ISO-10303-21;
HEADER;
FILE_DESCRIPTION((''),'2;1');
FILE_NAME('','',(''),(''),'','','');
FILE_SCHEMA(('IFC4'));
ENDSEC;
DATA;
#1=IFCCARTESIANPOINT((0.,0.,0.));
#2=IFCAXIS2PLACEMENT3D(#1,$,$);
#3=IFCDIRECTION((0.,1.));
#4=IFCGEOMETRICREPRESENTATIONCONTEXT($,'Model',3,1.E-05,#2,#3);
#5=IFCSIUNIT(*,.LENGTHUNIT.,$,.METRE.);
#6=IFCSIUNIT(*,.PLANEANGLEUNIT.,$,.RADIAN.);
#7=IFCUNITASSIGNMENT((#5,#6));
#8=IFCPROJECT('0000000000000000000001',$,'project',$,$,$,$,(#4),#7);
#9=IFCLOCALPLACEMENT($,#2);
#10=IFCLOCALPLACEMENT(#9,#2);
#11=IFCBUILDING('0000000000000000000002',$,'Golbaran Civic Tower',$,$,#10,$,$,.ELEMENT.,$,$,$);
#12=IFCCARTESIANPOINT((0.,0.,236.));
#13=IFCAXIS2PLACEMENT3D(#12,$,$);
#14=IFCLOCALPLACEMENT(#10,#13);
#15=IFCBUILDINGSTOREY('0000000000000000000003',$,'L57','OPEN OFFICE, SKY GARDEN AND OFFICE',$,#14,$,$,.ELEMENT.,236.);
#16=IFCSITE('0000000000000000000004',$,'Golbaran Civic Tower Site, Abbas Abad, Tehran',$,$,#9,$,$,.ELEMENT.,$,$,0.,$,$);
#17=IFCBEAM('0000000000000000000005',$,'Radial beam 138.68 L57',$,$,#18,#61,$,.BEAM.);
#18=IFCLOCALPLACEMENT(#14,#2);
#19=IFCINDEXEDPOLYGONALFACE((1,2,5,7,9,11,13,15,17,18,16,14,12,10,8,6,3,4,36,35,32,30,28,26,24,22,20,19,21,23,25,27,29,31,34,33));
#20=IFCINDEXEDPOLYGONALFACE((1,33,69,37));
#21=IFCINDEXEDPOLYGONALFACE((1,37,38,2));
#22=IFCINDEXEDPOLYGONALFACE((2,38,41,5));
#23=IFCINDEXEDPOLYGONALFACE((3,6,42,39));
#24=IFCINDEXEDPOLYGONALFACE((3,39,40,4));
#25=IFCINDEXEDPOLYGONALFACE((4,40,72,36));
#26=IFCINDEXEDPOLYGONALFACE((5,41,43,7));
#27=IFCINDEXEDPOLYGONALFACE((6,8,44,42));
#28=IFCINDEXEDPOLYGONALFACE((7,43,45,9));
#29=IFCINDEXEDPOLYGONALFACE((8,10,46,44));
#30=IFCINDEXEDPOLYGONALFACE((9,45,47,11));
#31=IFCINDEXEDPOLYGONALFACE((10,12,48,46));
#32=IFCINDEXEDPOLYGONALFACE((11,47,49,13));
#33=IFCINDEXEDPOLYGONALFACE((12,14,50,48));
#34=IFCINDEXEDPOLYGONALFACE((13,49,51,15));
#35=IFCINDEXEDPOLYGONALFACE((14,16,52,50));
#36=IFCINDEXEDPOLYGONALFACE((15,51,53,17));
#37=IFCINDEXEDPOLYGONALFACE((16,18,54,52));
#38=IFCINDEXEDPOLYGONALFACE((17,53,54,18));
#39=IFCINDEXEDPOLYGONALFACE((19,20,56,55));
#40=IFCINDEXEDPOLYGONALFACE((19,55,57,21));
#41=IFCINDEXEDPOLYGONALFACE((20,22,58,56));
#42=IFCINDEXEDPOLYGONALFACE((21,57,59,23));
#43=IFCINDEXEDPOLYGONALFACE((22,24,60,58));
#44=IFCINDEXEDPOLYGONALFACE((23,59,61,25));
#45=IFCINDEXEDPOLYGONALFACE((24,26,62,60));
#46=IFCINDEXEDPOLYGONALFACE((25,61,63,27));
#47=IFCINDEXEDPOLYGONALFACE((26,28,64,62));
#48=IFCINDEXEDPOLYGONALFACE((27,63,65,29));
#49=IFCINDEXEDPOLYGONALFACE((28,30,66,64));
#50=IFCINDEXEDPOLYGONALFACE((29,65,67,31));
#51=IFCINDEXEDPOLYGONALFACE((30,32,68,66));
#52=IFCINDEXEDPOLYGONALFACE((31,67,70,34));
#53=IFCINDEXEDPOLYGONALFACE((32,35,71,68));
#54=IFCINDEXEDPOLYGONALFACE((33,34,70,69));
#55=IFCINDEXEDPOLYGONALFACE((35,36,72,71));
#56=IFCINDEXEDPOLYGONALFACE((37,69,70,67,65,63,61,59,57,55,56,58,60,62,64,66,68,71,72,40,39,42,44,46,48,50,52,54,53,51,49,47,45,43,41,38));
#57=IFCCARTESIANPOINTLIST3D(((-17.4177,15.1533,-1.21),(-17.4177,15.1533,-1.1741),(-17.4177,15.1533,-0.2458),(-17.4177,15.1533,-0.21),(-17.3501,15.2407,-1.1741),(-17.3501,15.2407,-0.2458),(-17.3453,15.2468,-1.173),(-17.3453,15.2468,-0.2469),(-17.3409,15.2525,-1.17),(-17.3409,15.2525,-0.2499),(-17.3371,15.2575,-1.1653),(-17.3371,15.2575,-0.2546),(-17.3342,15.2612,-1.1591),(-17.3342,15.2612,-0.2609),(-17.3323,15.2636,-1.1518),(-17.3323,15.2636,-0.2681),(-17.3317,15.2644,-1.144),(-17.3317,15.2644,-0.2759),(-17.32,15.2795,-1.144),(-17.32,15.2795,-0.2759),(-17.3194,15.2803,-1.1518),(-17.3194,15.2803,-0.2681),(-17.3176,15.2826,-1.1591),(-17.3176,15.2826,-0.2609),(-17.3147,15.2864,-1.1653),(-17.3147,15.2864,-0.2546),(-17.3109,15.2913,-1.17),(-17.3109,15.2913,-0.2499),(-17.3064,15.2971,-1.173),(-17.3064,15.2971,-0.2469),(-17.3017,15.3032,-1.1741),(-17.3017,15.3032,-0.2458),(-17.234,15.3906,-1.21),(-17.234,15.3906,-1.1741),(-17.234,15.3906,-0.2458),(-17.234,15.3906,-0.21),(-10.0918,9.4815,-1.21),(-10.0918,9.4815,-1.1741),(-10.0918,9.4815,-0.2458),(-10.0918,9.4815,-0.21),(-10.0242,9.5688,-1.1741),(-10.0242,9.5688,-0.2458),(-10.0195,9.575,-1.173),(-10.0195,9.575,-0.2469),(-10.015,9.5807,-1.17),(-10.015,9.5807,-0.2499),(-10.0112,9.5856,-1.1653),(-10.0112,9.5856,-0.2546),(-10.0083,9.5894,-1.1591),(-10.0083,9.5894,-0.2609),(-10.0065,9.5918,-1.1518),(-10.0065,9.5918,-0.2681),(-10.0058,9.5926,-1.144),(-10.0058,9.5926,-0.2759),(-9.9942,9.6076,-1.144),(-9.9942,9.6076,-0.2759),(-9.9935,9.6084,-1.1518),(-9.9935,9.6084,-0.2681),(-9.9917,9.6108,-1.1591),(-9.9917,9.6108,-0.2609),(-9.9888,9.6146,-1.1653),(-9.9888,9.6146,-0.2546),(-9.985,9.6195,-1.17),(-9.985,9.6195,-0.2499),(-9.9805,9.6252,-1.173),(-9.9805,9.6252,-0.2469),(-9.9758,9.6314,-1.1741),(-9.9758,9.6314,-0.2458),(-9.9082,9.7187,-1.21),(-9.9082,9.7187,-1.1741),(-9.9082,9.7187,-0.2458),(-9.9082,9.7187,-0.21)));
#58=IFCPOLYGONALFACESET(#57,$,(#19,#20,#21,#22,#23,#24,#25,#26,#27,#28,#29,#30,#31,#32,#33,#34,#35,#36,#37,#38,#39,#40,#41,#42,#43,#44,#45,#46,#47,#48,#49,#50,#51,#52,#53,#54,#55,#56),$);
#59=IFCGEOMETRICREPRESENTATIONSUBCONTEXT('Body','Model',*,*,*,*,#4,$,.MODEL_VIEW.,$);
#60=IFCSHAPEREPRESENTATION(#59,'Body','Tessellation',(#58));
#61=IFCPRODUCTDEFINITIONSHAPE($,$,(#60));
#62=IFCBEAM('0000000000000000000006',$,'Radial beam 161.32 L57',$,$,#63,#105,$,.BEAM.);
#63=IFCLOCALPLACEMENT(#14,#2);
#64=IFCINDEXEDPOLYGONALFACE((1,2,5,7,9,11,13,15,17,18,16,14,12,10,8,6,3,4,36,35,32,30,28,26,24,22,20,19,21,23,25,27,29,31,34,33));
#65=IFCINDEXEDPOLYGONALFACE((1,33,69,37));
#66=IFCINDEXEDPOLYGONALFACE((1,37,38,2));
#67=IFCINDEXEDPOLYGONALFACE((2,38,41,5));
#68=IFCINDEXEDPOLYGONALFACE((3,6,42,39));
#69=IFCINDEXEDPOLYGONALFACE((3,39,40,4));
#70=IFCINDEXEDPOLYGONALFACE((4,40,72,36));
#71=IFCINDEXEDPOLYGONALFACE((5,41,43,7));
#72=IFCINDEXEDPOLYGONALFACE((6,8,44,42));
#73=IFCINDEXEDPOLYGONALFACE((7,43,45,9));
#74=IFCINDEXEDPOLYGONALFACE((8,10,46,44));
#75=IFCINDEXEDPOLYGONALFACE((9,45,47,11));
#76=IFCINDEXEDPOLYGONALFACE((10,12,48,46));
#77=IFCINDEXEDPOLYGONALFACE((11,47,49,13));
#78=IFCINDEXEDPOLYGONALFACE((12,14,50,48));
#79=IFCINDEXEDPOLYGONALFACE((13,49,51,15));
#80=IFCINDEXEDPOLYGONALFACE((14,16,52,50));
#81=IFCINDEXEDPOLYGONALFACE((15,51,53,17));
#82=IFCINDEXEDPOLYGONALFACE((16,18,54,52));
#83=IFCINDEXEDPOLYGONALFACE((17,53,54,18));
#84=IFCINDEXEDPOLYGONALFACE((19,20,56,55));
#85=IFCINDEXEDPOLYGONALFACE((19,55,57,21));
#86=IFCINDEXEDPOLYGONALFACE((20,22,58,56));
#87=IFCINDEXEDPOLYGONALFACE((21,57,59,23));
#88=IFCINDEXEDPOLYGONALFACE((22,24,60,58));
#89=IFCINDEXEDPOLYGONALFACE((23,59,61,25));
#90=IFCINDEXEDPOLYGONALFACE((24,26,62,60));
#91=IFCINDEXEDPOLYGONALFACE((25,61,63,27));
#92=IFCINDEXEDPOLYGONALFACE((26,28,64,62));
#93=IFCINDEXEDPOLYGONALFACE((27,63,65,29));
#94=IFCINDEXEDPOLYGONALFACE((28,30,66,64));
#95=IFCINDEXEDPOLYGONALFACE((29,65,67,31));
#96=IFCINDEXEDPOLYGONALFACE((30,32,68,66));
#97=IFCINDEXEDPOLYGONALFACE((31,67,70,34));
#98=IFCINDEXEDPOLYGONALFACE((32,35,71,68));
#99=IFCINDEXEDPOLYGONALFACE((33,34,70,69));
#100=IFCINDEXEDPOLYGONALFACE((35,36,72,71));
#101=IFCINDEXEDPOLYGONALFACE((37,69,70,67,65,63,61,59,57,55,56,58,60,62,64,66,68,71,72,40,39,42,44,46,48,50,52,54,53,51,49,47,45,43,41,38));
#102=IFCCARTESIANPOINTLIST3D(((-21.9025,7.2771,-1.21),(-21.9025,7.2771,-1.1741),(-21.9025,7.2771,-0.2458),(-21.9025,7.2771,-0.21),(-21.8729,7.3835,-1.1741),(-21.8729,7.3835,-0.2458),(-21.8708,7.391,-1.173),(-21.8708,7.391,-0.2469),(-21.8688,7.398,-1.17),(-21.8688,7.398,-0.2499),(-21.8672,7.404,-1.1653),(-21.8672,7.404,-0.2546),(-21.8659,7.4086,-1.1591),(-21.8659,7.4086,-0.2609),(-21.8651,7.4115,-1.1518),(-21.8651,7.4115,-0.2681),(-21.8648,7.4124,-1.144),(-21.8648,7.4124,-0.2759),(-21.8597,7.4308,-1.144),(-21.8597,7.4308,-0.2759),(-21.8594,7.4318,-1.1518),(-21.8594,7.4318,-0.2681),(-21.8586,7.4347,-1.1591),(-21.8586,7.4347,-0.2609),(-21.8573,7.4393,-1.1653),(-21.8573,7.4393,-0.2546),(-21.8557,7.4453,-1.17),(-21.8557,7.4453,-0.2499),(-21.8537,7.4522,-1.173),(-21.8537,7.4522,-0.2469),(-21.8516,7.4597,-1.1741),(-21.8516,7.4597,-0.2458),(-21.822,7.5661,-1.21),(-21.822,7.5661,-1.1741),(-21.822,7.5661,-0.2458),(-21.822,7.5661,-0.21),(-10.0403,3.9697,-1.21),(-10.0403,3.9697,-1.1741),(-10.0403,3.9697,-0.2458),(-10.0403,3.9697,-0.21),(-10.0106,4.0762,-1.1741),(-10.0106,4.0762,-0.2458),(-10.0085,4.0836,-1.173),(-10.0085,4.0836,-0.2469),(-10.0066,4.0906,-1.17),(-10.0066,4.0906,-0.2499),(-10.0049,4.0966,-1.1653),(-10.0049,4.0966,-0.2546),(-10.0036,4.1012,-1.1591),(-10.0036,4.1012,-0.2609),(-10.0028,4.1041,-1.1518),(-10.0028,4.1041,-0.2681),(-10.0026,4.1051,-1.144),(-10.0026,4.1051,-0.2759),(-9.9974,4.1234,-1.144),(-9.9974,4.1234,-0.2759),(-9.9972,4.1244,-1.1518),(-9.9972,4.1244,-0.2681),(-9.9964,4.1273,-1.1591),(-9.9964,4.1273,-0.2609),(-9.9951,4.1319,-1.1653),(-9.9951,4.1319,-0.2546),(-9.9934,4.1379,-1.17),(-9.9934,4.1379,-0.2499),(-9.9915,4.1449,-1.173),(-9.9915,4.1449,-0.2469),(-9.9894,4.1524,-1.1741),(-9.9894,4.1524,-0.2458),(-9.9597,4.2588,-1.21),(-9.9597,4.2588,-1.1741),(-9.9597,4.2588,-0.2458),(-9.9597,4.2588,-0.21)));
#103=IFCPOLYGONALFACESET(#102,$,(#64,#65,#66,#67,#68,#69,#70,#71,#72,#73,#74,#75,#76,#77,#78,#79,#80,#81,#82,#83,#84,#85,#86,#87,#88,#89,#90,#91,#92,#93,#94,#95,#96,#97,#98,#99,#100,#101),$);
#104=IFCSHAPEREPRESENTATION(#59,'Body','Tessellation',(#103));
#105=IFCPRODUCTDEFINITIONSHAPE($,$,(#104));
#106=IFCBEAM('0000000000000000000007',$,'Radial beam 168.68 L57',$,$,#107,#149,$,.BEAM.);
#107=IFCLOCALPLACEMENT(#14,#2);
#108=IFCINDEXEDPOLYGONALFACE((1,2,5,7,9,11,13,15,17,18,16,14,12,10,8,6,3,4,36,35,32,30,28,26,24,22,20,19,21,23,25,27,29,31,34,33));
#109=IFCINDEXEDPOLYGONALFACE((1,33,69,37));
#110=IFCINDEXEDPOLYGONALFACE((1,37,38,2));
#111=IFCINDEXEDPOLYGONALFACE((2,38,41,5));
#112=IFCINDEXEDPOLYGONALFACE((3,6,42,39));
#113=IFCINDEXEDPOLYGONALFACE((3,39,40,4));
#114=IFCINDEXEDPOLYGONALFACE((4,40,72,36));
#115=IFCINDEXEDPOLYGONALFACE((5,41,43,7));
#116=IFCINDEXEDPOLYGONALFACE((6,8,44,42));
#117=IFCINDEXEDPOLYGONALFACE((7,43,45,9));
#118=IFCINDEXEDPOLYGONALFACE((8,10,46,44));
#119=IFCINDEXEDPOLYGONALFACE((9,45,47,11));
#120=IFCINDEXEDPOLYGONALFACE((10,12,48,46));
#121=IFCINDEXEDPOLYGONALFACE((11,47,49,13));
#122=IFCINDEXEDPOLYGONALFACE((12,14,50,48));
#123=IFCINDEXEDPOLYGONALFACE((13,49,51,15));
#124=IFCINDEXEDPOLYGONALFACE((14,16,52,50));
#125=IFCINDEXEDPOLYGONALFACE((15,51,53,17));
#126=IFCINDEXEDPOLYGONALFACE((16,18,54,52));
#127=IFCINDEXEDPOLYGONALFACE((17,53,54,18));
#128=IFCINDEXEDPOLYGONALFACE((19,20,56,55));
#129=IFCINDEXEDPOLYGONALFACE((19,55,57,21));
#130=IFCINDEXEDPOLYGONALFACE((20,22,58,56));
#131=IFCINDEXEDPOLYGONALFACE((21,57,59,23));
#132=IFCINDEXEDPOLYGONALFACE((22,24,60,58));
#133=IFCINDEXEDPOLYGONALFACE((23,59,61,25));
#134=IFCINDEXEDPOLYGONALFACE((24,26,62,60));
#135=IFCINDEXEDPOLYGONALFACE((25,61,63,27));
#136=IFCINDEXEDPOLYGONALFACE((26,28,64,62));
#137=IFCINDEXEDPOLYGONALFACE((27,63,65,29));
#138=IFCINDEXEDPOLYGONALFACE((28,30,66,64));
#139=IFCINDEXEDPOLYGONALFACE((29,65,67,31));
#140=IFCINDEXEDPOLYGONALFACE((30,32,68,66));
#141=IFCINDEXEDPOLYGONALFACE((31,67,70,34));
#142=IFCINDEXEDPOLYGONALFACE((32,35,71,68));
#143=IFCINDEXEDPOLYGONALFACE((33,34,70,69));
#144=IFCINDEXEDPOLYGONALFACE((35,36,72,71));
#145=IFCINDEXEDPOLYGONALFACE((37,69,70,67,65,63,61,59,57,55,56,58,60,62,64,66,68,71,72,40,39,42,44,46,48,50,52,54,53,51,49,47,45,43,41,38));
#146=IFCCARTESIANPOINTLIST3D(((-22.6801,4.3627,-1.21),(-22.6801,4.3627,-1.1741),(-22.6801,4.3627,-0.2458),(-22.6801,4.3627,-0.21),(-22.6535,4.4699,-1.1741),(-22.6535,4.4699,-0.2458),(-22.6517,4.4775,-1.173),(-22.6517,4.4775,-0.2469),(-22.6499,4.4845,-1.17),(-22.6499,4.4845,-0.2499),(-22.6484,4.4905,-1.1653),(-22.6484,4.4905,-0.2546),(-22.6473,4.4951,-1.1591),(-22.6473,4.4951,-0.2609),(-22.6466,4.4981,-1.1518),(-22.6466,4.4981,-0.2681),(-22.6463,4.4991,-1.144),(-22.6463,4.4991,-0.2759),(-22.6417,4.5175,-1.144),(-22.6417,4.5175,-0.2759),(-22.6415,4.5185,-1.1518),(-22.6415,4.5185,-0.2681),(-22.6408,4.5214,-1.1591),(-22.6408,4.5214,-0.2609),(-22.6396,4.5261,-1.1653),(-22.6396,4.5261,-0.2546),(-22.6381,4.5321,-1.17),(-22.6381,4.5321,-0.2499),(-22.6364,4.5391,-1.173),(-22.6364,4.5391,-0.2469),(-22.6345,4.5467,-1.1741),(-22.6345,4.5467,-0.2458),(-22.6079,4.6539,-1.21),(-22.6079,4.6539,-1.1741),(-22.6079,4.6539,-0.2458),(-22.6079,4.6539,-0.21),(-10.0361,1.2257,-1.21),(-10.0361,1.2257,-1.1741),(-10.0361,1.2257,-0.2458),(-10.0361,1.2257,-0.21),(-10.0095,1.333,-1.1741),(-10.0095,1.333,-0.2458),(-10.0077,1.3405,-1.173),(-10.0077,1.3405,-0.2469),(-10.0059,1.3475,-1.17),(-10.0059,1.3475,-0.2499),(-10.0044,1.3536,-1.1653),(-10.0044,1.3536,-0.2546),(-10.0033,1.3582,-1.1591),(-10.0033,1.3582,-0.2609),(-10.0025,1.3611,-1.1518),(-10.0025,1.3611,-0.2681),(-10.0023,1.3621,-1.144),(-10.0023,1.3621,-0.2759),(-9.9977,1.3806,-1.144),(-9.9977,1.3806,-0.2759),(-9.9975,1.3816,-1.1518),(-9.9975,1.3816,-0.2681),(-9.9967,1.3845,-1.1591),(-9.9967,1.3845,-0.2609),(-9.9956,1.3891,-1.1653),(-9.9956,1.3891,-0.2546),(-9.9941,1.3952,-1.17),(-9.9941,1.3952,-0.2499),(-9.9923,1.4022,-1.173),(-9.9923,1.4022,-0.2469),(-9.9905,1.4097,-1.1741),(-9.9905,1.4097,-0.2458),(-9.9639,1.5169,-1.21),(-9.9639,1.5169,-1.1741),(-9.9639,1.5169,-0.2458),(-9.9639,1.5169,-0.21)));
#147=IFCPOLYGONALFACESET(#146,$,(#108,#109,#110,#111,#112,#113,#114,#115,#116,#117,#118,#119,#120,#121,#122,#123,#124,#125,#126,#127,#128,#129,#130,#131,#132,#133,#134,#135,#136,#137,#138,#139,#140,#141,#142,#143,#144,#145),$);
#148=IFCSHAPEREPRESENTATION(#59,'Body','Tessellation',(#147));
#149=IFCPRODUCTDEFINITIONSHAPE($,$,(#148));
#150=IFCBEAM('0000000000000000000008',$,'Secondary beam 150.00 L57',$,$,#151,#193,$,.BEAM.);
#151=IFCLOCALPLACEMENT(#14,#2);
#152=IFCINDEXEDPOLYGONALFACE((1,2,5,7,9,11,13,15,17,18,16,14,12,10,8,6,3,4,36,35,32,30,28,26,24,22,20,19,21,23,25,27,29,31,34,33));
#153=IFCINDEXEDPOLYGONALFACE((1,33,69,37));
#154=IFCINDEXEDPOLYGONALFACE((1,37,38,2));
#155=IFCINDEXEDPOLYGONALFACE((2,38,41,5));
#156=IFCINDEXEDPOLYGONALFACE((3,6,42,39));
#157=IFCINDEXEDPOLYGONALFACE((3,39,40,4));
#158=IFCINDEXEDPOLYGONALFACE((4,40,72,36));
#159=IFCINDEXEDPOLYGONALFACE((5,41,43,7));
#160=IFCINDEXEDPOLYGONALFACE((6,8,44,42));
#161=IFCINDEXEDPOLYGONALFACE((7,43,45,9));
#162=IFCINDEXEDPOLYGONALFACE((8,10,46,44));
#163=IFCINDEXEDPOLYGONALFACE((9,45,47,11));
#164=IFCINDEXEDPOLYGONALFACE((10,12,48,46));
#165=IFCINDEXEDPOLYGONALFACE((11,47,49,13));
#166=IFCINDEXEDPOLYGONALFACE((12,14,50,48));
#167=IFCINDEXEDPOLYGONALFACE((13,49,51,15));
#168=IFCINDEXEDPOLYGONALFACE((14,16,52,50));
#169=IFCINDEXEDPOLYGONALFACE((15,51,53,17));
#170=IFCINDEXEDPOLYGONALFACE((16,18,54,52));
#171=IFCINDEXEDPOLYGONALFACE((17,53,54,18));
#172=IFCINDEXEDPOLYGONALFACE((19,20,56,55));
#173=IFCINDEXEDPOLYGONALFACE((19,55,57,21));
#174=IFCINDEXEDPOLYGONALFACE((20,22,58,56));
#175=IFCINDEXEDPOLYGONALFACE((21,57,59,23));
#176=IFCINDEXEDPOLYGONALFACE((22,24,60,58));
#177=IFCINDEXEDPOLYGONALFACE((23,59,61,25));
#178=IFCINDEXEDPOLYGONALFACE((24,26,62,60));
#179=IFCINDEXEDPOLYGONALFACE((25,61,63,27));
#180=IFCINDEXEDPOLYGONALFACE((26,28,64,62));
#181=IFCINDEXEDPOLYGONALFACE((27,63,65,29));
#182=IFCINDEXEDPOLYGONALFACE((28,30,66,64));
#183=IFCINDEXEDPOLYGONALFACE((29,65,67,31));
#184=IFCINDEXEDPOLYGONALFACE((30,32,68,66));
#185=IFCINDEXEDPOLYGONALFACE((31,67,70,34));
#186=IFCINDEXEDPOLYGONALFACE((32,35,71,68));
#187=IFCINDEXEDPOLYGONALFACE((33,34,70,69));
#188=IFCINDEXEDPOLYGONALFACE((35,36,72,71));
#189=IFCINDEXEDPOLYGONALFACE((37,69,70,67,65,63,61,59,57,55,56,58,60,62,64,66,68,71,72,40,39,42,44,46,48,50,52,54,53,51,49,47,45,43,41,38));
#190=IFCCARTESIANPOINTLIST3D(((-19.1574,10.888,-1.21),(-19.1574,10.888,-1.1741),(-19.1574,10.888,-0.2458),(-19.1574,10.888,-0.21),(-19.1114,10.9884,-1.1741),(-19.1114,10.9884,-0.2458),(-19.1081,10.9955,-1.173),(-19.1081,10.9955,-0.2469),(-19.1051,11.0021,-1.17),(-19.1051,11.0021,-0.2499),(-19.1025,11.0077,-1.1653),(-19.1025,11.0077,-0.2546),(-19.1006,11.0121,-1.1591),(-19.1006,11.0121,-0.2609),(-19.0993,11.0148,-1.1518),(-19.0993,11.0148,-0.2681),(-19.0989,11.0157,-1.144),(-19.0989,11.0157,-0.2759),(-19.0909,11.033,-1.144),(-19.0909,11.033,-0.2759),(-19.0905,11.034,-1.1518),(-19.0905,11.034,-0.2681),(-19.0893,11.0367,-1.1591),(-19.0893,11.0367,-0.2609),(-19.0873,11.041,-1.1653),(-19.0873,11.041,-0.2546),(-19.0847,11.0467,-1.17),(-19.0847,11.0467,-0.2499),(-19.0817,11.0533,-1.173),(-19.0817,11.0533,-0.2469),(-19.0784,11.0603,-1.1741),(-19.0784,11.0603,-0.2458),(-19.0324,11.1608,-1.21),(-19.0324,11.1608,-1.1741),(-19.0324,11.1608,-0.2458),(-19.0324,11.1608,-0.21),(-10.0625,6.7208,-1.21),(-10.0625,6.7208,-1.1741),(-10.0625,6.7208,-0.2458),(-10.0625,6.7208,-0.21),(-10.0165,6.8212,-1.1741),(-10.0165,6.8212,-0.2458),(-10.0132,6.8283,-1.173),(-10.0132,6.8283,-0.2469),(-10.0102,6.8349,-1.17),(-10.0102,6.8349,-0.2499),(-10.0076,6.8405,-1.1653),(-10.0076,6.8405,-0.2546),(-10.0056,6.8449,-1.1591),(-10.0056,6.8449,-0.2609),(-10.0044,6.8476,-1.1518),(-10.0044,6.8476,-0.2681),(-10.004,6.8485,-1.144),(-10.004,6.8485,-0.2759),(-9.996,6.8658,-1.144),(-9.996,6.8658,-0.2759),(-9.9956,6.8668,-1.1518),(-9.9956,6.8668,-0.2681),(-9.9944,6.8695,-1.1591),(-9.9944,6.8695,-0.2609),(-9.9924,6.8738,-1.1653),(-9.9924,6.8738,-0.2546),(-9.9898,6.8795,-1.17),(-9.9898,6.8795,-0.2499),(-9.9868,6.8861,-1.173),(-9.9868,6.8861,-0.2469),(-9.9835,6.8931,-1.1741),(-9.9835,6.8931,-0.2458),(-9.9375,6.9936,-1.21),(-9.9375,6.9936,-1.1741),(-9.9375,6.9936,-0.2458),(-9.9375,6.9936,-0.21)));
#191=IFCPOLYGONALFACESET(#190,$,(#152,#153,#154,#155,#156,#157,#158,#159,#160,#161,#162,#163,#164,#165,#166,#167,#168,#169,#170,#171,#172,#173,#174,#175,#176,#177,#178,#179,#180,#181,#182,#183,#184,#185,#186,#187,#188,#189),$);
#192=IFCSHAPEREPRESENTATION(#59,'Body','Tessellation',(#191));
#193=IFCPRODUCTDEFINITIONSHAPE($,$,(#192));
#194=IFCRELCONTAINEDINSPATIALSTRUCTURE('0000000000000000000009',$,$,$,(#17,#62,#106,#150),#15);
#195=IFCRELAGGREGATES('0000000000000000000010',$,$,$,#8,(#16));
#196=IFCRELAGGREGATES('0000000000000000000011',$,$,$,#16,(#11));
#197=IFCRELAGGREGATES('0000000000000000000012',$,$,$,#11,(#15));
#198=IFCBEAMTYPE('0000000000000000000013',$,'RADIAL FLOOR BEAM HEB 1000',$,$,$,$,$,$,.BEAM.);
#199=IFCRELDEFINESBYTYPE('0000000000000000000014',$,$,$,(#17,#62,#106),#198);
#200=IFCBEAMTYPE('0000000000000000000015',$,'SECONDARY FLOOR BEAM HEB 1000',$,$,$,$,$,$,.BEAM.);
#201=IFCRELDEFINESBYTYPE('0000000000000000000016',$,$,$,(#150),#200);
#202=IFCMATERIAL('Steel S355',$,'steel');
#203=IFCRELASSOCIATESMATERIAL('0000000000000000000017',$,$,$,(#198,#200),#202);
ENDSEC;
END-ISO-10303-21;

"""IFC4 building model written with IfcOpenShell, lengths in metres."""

from ifc_helpers import new_model, si_unit, direction, frame, origin, origin_2d, place, context, subcontext, project, spatial, i_section, extrude, material, material_profile, profile_set, type_object, element, save


model = new_model("IFC4")

# Units and contexts
model_context = context("Model", 3, precision=1e-05, world=origin(), true_north=direction((0.0, 1.0)))
body_context = subcontext(model_context, "Body", "Model", "MODEL_VIEW")
ifc_project = project(units=[si_unit("LENGTHUNIT", "METRE"), si_unit("PLANEANGLEUNIT", "RADIAN")], contexts=[model_context])

# Site, building, storey
site_placement = place(None, origin())
site = spatial("IfcSite", under=ifc_project, at=site_placement, Name="Golbaran Civic Tower Site, Abbas Abad, Tehran", CompositionType="ELEMENT", RefElevation=0.0)
building_placement = place(site_placement, origin())
building = spatial("IfcBuilding", under=site, at=building_placement, Name="Golbaran Civic Tower", CompositionType="ELEMENT")
storey_placement = place(building_placement, frame((0.0, 0.0, 236.0)))
storey = spatial("IfcBuildingStorey", under=building, at=storey_placement, Name="L57", Description="OPEN OFFICE, SKY GARDEN AND OFFICE", CompositionType="ELEMENT", Elevation=236.0)

# Beams
ifc_material_1 = material(Name="Steel S355", Category="steel")
ifc_material_profile_1 = material_profile(ifc_material_1, i_section(OverallWidth=0.3, OverallDepth=1.0, WebThickness=0.019, FlangeThickness=0.0359, FilletRadius=0.03, at=origin_2d()), Name="HEB 1000")
ifc_profile_set_1 = profile_set([ifc_material_profile_1], Name="Steel S355")
beam_type_1 = type_object("IfcBeamType", Name="RADIAL FLOOR BEAM HEB 1000", PredefinedType="BEAM", material=ifc_profile_set_1)
beam_1_placement = place(storey_placement, frame((-10.0, 9.6001, -0.71), z_axis=(-0.790714, 0.612186, 0.0), x_axis=(-0.612186, -0.790714, 0.0)))
element("IfcBeam", 1, at=beam_1_placement, inside=storey, type_object=beam_type_1, Name="Radial beam 138.68 L57", PredefinedType="BEAM", context=body_context, shape_type="SweptSolid", body=[
    extrude(i_section(OverallWidth=0.3, OverallDepth=1.0, WebThickness=0.019, FlangeThickness=0.0359, FilletRadius=0.03, at=origin_2d()), origin(), (0.0, 0.0, 1.0), 9.2649),
])
beam_2_placement = place(storey_placement, frame((-10.0, 4.1143, -0.71), z_axis=(-0.96326, 0.26857, 0.0), x_axis=(-0.26857, -0.96326, 0.0)))
element("IfcBeam", 2, at=beam_2_placement, inside=storey, type_object=beam_type_1, Name="Radial beam 161.32 L57", PredefinedType="BEAM", context=body_context, shape_type="SweptSolid", body=[
    extrude(i_section(OverallWidth=0.3, OverallDepth=1.0, WebThickness=0.019, FlangeThickness=0.0359, FilletRadius=0.03, at=origin_2d()), origin(), (0.0, 0.0, 1.0), 12.3147),
])
beam_3_placement = place(storey_placement, frame((-10.0, 1.3713, -0.71), z_axis=(-0.970575, 0.240798, 0.0), x_axis=(-0.240798, -0.970575, 0.0)))
element("IfcBeam", 3, at=beam_3_placement, inside=storey, type_object=beam_type_1, Name="Radial beam 168.68 L57", PredefinedType="BEAM", context=body_context, shape_type="SweptSolid", body=[
    extrude(i_section(OverallWidth=0.3, OverallDepth=1.0, WebThickness=0.019, FlangeThickness=0.0359, FilletRadius=0.03, at=origin_2d()), origin(), (0.0, 0.0, 1.0), 13.0273),
])
ifc_material_profile_2 = material_profile(ifc_material_1, i_section(OverallWidth=0.3, OverallDepth=1.0, WebThickness=0.019, FlangeThickness=0.0359, FilletRadius=0.03, at=origin_2d()), Name="HEB 1000")
ifc_profile_set_2 = profile_set([ifc_material_profile_2], Name="Steel S355")
beam_type_2 = type_object("IfcBeamType", Name="SECONDARY FLOOR BEAM HEB 1000", PredefinedType="BEAM", material=ifc_profile_set_2)
beam_4_placement = place(storey_placement, frame((-10.0, 6.8572, -0.71), z_axis=(-0.909114, 0.416548, 0.0), x_axis=(-0.416548, -0.909114, 0.0)))
element("IfcBeam", 4, at=beam_4_placement, inside=storey, type_object=beam_type_2, Name="Secondary beam 150.00 L57", PredefinedType="BEAM", context=body_context, shape_type="SweptSolid", body=[
    extrude(i_section(OverallWidth=0.3, OverallDepth=1.0, WebThickness=0.019, FlangeThickness=0.0359, FilletRadius=0.03, at=origin_2d()), origin(), (0.0, 0.0, 1.0), 10.0042),
])

save(model, "model.ifc")
